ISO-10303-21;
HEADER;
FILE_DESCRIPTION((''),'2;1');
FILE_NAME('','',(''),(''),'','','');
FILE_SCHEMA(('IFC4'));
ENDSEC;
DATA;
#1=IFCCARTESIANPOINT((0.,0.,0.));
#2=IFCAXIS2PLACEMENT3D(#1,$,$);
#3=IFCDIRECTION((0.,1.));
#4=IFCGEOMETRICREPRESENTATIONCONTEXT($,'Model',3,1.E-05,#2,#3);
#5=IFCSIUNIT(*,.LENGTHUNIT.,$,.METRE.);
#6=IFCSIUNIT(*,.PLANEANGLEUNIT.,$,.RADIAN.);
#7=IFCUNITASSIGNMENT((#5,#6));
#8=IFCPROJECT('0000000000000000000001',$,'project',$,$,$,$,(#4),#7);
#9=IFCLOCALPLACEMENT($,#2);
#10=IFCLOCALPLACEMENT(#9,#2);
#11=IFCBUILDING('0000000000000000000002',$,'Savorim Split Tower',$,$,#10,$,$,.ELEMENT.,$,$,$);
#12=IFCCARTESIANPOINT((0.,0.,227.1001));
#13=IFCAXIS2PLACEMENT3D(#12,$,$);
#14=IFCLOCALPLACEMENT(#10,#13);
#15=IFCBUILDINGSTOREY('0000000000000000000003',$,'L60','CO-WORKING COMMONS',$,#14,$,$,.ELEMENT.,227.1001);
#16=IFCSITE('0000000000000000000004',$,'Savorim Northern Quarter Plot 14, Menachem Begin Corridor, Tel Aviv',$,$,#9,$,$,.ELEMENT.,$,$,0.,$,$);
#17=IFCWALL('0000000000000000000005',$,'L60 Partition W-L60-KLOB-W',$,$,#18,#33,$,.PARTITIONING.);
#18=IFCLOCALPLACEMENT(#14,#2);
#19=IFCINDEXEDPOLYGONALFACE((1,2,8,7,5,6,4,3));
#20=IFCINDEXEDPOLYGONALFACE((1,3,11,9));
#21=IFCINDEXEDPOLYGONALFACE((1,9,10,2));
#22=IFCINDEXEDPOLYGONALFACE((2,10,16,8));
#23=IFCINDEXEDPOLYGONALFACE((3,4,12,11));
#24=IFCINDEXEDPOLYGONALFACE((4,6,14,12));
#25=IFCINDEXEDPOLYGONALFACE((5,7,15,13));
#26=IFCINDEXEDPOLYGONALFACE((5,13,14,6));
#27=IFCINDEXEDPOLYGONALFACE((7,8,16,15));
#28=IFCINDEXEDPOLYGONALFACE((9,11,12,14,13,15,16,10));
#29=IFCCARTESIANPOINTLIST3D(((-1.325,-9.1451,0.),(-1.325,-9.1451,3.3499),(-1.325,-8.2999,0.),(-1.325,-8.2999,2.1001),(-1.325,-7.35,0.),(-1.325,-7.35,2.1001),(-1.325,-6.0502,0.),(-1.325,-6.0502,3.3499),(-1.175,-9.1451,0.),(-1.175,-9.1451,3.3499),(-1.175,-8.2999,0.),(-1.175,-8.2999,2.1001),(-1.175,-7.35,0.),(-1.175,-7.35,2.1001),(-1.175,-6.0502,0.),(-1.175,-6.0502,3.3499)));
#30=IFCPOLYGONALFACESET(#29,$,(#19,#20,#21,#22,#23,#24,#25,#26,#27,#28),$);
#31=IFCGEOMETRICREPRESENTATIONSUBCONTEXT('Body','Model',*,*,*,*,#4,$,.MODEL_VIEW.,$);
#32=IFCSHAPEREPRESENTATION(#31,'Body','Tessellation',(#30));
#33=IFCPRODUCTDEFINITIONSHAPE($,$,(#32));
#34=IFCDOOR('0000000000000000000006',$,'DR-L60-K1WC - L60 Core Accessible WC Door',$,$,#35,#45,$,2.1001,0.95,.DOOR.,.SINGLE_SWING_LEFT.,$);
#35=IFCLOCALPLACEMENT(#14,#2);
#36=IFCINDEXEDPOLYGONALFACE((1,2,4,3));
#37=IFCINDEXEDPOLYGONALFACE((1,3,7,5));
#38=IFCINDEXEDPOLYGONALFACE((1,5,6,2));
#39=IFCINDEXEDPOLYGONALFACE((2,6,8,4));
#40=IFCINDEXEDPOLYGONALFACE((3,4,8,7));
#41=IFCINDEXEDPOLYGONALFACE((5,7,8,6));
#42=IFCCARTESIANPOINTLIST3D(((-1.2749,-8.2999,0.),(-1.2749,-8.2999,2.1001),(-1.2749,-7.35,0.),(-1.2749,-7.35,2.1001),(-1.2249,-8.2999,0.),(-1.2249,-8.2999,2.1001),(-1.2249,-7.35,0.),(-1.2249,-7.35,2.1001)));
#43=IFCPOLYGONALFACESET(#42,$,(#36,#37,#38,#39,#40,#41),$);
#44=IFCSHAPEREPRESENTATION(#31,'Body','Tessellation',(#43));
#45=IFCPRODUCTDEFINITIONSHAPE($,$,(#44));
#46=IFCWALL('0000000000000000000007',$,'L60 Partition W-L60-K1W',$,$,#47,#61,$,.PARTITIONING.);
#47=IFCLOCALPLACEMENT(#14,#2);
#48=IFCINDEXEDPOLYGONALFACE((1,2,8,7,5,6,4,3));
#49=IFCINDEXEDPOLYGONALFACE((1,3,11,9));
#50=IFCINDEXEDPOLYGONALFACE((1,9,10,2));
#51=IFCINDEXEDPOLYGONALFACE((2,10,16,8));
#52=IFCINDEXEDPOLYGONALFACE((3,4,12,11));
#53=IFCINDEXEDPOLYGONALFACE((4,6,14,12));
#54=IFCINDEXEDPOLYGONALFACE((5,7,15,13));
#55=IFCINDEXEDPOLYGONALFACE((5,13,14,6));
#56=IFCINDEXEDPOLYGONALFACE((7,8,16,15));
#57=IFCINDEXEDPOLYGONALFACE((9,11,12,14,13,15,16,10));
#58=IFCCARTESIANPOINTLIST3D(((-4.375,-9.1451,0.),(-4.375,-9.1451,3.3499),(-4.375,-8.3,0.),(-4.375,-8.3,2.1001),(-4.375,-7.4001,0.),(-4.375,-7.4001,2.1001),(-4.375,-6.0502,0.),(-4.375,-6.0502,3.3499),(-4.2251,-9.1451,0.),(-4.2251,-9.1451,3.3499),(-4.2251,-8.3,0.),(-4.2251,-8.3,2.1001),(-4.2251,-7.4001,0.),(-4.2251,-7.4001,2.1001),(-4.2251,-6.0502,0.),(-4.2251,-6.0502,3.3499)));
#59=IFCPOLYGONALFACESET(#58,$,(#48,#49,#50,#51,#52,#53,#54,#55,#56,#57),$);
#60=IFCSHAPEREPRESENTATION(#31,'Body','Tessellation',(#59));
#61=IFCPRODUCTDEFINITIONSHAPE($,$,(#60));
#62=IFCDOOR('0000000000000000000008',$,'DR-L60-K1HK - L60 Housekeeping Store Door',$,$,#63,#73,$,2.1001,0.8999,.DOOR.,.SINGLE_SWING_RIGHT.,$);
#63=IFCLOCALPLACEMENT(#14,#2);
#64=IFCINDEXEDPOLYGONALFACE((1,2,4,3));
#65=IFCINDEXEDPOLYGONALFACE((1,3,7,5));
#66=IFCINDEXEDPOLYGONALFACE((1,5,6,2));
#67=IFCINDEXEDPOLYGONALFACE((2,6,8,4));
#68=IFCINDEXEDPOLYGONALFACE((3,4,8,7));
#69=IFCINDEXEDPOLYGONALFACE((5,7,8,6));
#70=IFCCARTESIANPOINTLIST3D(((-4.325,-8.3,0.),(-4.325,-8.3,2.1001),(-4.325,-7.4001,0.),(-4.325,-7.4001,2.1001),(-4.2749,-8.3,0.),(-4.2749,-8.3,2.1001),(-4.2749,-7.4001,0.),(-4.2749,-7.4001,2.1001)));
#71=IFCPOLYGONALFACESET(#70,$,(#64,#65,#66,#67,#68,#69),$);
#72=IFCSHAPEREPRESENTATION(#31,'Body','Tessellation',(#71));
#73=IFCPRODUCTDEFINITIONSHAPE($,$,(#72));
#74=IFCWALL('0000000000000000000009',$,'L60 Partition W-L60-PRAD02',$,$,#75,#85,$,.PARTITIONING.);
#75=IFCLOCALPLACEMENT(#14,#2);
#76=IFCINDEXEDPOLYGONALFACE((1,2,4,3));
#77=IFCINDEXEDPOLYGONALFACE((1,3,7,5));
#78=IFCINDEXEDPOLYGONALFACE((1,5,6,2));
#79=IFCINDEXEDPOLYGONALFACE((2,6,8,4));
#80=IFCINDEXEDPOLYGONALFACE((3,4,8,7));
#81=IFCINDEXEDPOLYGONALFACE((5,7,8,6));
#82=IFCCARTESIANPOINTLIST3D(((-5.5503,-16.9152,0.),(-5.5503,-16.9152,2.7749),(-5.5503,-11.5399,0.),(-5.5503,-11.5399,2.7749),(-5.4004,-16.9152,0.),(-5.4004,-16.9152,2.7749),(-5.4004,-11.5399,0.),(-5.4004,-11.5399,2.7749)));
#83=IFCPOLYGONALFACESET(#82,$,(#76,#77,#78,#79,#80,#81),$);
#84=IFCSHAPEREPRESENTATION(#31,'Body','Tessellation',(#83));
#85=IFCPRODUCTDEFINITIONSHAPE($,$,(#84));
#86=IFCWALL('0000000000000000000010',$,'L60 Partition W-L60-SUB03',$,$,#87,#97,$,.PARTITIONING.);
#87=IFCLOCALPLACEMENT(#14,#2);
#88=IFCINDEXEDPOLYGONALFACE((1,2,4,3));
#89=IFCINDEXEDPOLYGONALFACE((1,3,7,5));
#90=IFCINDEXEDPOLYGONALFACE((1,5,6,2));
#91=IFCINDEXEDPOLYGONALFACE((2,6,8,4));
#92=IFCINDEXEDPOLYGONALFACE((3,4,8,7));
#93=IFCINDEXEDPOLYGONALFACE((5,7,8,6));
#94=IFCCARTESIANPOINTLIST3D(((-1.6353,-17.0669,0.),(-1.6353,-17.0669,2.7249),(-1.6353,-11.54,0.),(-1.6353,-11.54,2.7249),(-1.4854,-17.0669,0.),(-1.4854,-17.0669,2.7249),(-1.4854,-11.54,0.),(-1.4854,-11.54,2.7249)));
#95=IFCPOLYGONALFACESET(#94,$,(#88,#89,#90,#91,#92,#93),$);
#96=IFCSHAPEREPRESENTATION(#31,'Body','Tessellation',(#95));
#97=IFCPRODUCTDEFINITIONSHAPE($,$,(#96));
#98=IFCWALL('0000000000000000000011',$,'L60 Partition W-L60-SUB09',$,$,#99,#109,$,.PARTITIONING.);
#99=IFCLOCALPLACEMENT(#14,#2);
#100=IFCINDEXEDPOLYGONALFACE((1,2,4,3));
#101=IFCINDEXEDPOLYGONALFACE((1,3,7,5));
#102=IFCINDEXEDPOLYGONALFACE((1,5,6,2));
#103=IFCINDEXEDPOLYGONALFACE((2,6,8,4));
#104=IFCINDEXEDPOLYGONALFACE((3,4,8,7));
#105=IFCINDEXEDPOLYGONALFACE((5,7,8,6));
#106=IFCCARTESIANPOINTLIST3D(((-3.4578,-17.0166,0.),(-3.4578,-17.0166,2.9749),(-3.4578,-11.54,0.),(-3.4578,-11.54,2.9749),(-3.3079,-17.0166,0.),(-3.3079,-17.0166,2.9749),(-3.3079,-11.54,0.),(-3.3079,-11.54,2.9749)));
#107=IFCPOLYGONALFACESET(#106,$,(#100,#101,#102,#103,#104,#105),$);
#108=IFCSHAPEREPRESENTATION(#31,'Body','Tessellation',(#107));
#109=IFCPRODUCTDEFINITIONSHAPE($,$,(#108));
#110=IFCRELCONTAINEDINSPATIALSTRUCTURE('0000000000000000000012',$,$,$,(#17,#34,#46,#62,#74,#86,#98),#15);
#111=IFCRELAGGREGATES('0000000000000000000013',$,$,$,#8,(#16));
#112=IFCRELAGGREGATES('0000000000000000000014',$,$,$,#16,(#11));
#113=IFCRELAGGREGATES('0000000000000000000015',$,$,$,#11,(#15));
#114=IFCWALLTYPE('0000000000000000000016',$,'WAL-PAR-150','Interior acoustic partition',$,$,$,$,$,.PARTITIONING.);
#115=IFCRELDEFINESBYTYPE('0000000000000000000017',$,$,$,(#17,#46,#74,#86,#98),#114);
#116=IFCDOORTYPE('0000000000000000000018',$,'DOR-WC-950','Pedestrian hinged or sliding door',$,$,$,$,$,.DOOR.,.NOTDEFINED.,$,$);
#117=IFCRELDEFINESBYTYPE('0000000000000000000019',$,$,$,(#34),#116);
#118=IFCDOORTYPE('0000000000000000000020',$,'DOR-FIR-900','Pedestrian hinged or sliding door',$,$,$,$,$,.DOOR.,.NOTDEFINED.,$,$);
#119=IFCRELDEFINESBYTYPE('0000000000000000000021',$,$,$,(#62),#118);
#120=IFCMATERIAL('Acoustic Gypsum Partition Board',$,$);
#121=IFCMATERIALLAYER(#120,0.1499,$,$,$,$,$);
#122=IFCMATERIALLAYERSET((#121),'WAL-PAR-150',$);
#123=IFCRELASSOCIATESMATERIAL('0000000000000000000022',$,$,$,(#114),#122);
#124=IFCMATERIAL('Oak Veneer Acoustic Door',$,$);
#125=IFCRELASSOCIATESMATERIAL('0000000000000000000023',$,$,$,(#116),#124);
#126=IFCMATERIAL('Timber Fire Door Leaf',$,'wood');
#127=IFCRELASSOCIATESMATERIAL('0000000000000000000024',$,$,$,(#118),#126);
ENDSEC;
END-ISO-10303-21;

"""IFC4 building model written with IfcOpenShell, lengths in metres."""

from ifc_helpers import new_model, si_unit, direction, frame, frame_2d, origin, place, context, subcontext, project, spatial, rectangle, extrude, material, layer, layer_set, type_object, element, fill, save


model = new_model("IFC4")

# Units and contexts
model_context = context("Model", 3, precision=1e-05, world=origin(), true_north=direction((0.0, 1.0)))
body_context = subcontext(model_context, "Body", "Model", "MODEL_VIEW")
ifc_project = project(units=[si_unit("LENGTHUNIT", "METRE"), si_unit("PLANEANGLEUNIT", "RADIAN")], contexts=[model_context])

# Site, building, storey
site_placement = place(None, origin())
site = spatial("IfcSite", under=ifc_project, at=site_placement, Name="Savorim Northern Quarter Plot 14, Menachem Begin Corridor, Tel Aviv", CompositionType="ELEMENT", RefElevation=0.0)
building_placement = place(site_placement, origin())
building = spatial("IfcBuilding", under=site, at=building_placement, Name="Savorim Split Tower", CompositionType="ELEMENT")
storey_placement = place(building_placement, frame((0.0, 0.0, 227.1001)))
storey = spatial("IfcBuildingStorey", under=building, at=storey_placement, Name="L60", Description="CO-WORKING COMMONS", CompositionType="ELEMENT", Elevation=227.1001)

# Walls, openings, doors
ifc_material_1 = material(Name="Timber Fire Door Leaf", Category="wood")
ifc_material_2 = material(Name="Acoustic Gypsum Partition Board")
ifc_layer_1 = layer(ifc_material_2, 0.1499)
ifc_layer_set_1 = layer_set([ifc_layer_1], Name="WAL-PAR-150")
wall_type_1 = type_object("IfcWallType", Name="WAL-PAR-150", Description="Interior acoustic partition", PredefinedType="PARTITIONING", material=ifc_layer_set_1)
wall_1_placement = place(storey_placement, frame((-1.25, -9.145, 0.0), z_axis=(0.0, 0.0, 1.0), x_axis=(0.0, 1.0, 0.0)))
wall_1 = element("IfcWall", 1, at=wall_1_placement, inside=storey, type_object=wall_type_1, Name="L60 Partition W-L60-KLOB-W", PredefinedType="PARTITIONING", context=body_context, shape_type="SweptSolid", body=[
    extrude(rectangle(XDim=3.095, YDim=0.1499, at=frame_2d((1.5474, 0.0))), origin(), (0.0, 0.0, 1.0), 3.3499),
])
opening_1_placement = place(wall_1_placement, frame((0.845, 0.0, 0.0)))
opening_1 = element("IfcOpeningElement", 2, at=opening_1_placement, cuts=wall_1, PredefinedType="OPENING", context=body_context, shape_type="SweptSolid", body=[
    extrude(rectangle(XDim=0.95, YDim=2.1001, at=frame_2d((0.4751, 1.05))), frame((0.0, 0.085, 0.0), z_axis=(0.0, -1.0, 0.0), x_axis=(1.0, 0.0, 0.0)), (0.0, 0.0, 1.0), 0.1699),
])
ifc_material_3 = material(Name="Oak Veneer Acoustic Door")
door_type_1 = type_object("IfcDoorType", Name="DOR-WC-950", Description="Pedestrian hinged or sliding door", OperationType="NOTDEFINED", PredefinedType="DOOR", material=ifc_material_3)
door_1_placement = place(opening_1_placement, origin())
door_1 = element("IfcDoor", 3, at=door_1_placement, inside=storey, type_object=door_type_1, Name="DR-L60-K1WC - L60 Core Accessible WC Door", OperationType="SINGLE_SWING_LEFT", OverallHeight=2.1001, OverallWidth=0.95, PredefinedType="DOOR", context=body_context, shape_type="SweptSolid", body=[
    extrude(rectangle(XDim=0.95, YDim=2.1001, at=frame_2d((0.4751, 1.05))), frame((0.0, 0.0249, 0.0), z_axis=(0.0, -1.0, 0.0), x_axis=(1.0, 0.0, 0.0)), (0.0, 0.0, 1.0), 0.05),
])
fill(opening_1, door_1)
wall_2_placement = place(storey_placement, frame((-4.3, -9.145, 0.0), z_axis=(0.0, 0.0, 1.0), x_axis=(0.0, 1.0, 0.0)))
wall_2 = element("IfcWall", 4, at=wall_2_placement, inside=storey, type_object=wall_type_1, Name="L60 Partition W-L60-K1W", PredefinedType="PARTITIONING", context=body_context, shape_type="SweptSolid", body=[
    extrude(rectangle(XDim=3.095, YDim=0.1499, at=frame_2d((1.5474, 0.0))), origin(), (0.0, 0.0, 1.0), 3.3499),
])
opening_2_placement = place(wall_2_placement, frame((0.845, 0.0, 0.0)))
opening_2 = element("IfcOpeningElement", 5, at=opening_2_placement, cuts=wall_2, PredefinedType="OPENING", context=body_context, shape_type="SweptSolid", body=[
    extrude(rectangle(XDim=0.8999, YDim=2.1001, at=frame_2d((0.45, 1.05))), frame((0.0, 0.085, 0.0), z_axis=(0.0, -1.0, 0.0), x_axis=(1.0, 0.0, 0.0)), (0.0, 0.0, 1.0), 0.1699),
])
door_type_2 = type_object("IfcDoorType", Name="DOR-FIR-900", Description="Pedestrian hinged or sliding door", OperationType="NOTDEFINED", PredefinedType="DOOR", material=ifc_material_1)
door_2_placement = place(opening_2_placement, origin())
door_2 = element("IfcDoor", 6, at=door_2_placement, inside=storey, type_object=door_type_2, Name="DR-L60-K1HK - L60 Housekeeping Store Door", OperationType="SINGLE_SWING_RIGHT", OverallHeight=2.1001, OverallWidth=0.8999, PredefinedType="DOOR", context=body_context, shape_type="SweptSolid", body=[
    extrude(rectangle(XDim=0.8999, YDim=2.1001, at=frame_2d((0.45, 1.05))), frame((0.0, 0.0249, 0.0), z_axis=(0.0, -1.0, 0.0), x_axis=(1.0, 0.0, 0.0)), (0.0, 0.0, 1.0), 0.05),
])
fill(opening_2, door_2)

# Walls
wall_3_placement = place(storey_placement, frame((-5.4753, -11.54, 0.0), z_axis=(0.0, 0.0, 1.0), x_axis=(0.0, -1.0, 0.0)))
element("IfcWall", 7, at=wall_3_placement, inside=storey, type_object=wall_type_1, Name="L60 Partition W-L60-PRAD02", PredefinedType="PARTITIONING", context=body_context, shape_type="SweptSolid", body=[
    extrude(rectangle(XDim=5.3752, YDim=0.1499, at=frame_2d((2.6875, 0.0))), origin(), (0.0, 0.0, 1.0), 2.7749),
])
wall_4_placement = place(storey_placement, frame((-1.5603, -11.54, 0.0), z_axis=(0.0, 0.0, 1.0), x_axis=(0.0, -1.0, 0.0)))
element("IfcWall", 8, at=wall_4_placement, inside=storey, type_object=wall_type_1, Name="L60 Partition W-L60-SUB03", PredefinedType="PARTITIONING", context=body_context, shape_type="SweptSolid", body=[
    extrude(rectangle(XDim=5.5269, YDim=0.1499, at=frame_2d((2.7634, 0.0))), origin(), (0.0, 0.0, 1.0), 2.7249),
])
wall_5_placement = place(storey_placement, frame((-3.3828, -11.54, 0.0), z_axis=(0.0, 0.0, 1.0), x_axis=(0.0, -1.0, 0.0)))
element("IfcWall", 9, at=wall_5_placement, inside=storey, type_object=wall_type_1, Name="L60 Partition W-L60-SUB09", PredefinedType="PARTITIONING", context=body_context, shape_type="SweptSolid", body=[
    extrude(rectangle(XDim=5.4766, YDim=0.1499, at=frame_2d((2.7383, 0.0))), origin(), (0.0, 0.0, 1.0), 2.9749),
])

save(model, "model.ifc")
